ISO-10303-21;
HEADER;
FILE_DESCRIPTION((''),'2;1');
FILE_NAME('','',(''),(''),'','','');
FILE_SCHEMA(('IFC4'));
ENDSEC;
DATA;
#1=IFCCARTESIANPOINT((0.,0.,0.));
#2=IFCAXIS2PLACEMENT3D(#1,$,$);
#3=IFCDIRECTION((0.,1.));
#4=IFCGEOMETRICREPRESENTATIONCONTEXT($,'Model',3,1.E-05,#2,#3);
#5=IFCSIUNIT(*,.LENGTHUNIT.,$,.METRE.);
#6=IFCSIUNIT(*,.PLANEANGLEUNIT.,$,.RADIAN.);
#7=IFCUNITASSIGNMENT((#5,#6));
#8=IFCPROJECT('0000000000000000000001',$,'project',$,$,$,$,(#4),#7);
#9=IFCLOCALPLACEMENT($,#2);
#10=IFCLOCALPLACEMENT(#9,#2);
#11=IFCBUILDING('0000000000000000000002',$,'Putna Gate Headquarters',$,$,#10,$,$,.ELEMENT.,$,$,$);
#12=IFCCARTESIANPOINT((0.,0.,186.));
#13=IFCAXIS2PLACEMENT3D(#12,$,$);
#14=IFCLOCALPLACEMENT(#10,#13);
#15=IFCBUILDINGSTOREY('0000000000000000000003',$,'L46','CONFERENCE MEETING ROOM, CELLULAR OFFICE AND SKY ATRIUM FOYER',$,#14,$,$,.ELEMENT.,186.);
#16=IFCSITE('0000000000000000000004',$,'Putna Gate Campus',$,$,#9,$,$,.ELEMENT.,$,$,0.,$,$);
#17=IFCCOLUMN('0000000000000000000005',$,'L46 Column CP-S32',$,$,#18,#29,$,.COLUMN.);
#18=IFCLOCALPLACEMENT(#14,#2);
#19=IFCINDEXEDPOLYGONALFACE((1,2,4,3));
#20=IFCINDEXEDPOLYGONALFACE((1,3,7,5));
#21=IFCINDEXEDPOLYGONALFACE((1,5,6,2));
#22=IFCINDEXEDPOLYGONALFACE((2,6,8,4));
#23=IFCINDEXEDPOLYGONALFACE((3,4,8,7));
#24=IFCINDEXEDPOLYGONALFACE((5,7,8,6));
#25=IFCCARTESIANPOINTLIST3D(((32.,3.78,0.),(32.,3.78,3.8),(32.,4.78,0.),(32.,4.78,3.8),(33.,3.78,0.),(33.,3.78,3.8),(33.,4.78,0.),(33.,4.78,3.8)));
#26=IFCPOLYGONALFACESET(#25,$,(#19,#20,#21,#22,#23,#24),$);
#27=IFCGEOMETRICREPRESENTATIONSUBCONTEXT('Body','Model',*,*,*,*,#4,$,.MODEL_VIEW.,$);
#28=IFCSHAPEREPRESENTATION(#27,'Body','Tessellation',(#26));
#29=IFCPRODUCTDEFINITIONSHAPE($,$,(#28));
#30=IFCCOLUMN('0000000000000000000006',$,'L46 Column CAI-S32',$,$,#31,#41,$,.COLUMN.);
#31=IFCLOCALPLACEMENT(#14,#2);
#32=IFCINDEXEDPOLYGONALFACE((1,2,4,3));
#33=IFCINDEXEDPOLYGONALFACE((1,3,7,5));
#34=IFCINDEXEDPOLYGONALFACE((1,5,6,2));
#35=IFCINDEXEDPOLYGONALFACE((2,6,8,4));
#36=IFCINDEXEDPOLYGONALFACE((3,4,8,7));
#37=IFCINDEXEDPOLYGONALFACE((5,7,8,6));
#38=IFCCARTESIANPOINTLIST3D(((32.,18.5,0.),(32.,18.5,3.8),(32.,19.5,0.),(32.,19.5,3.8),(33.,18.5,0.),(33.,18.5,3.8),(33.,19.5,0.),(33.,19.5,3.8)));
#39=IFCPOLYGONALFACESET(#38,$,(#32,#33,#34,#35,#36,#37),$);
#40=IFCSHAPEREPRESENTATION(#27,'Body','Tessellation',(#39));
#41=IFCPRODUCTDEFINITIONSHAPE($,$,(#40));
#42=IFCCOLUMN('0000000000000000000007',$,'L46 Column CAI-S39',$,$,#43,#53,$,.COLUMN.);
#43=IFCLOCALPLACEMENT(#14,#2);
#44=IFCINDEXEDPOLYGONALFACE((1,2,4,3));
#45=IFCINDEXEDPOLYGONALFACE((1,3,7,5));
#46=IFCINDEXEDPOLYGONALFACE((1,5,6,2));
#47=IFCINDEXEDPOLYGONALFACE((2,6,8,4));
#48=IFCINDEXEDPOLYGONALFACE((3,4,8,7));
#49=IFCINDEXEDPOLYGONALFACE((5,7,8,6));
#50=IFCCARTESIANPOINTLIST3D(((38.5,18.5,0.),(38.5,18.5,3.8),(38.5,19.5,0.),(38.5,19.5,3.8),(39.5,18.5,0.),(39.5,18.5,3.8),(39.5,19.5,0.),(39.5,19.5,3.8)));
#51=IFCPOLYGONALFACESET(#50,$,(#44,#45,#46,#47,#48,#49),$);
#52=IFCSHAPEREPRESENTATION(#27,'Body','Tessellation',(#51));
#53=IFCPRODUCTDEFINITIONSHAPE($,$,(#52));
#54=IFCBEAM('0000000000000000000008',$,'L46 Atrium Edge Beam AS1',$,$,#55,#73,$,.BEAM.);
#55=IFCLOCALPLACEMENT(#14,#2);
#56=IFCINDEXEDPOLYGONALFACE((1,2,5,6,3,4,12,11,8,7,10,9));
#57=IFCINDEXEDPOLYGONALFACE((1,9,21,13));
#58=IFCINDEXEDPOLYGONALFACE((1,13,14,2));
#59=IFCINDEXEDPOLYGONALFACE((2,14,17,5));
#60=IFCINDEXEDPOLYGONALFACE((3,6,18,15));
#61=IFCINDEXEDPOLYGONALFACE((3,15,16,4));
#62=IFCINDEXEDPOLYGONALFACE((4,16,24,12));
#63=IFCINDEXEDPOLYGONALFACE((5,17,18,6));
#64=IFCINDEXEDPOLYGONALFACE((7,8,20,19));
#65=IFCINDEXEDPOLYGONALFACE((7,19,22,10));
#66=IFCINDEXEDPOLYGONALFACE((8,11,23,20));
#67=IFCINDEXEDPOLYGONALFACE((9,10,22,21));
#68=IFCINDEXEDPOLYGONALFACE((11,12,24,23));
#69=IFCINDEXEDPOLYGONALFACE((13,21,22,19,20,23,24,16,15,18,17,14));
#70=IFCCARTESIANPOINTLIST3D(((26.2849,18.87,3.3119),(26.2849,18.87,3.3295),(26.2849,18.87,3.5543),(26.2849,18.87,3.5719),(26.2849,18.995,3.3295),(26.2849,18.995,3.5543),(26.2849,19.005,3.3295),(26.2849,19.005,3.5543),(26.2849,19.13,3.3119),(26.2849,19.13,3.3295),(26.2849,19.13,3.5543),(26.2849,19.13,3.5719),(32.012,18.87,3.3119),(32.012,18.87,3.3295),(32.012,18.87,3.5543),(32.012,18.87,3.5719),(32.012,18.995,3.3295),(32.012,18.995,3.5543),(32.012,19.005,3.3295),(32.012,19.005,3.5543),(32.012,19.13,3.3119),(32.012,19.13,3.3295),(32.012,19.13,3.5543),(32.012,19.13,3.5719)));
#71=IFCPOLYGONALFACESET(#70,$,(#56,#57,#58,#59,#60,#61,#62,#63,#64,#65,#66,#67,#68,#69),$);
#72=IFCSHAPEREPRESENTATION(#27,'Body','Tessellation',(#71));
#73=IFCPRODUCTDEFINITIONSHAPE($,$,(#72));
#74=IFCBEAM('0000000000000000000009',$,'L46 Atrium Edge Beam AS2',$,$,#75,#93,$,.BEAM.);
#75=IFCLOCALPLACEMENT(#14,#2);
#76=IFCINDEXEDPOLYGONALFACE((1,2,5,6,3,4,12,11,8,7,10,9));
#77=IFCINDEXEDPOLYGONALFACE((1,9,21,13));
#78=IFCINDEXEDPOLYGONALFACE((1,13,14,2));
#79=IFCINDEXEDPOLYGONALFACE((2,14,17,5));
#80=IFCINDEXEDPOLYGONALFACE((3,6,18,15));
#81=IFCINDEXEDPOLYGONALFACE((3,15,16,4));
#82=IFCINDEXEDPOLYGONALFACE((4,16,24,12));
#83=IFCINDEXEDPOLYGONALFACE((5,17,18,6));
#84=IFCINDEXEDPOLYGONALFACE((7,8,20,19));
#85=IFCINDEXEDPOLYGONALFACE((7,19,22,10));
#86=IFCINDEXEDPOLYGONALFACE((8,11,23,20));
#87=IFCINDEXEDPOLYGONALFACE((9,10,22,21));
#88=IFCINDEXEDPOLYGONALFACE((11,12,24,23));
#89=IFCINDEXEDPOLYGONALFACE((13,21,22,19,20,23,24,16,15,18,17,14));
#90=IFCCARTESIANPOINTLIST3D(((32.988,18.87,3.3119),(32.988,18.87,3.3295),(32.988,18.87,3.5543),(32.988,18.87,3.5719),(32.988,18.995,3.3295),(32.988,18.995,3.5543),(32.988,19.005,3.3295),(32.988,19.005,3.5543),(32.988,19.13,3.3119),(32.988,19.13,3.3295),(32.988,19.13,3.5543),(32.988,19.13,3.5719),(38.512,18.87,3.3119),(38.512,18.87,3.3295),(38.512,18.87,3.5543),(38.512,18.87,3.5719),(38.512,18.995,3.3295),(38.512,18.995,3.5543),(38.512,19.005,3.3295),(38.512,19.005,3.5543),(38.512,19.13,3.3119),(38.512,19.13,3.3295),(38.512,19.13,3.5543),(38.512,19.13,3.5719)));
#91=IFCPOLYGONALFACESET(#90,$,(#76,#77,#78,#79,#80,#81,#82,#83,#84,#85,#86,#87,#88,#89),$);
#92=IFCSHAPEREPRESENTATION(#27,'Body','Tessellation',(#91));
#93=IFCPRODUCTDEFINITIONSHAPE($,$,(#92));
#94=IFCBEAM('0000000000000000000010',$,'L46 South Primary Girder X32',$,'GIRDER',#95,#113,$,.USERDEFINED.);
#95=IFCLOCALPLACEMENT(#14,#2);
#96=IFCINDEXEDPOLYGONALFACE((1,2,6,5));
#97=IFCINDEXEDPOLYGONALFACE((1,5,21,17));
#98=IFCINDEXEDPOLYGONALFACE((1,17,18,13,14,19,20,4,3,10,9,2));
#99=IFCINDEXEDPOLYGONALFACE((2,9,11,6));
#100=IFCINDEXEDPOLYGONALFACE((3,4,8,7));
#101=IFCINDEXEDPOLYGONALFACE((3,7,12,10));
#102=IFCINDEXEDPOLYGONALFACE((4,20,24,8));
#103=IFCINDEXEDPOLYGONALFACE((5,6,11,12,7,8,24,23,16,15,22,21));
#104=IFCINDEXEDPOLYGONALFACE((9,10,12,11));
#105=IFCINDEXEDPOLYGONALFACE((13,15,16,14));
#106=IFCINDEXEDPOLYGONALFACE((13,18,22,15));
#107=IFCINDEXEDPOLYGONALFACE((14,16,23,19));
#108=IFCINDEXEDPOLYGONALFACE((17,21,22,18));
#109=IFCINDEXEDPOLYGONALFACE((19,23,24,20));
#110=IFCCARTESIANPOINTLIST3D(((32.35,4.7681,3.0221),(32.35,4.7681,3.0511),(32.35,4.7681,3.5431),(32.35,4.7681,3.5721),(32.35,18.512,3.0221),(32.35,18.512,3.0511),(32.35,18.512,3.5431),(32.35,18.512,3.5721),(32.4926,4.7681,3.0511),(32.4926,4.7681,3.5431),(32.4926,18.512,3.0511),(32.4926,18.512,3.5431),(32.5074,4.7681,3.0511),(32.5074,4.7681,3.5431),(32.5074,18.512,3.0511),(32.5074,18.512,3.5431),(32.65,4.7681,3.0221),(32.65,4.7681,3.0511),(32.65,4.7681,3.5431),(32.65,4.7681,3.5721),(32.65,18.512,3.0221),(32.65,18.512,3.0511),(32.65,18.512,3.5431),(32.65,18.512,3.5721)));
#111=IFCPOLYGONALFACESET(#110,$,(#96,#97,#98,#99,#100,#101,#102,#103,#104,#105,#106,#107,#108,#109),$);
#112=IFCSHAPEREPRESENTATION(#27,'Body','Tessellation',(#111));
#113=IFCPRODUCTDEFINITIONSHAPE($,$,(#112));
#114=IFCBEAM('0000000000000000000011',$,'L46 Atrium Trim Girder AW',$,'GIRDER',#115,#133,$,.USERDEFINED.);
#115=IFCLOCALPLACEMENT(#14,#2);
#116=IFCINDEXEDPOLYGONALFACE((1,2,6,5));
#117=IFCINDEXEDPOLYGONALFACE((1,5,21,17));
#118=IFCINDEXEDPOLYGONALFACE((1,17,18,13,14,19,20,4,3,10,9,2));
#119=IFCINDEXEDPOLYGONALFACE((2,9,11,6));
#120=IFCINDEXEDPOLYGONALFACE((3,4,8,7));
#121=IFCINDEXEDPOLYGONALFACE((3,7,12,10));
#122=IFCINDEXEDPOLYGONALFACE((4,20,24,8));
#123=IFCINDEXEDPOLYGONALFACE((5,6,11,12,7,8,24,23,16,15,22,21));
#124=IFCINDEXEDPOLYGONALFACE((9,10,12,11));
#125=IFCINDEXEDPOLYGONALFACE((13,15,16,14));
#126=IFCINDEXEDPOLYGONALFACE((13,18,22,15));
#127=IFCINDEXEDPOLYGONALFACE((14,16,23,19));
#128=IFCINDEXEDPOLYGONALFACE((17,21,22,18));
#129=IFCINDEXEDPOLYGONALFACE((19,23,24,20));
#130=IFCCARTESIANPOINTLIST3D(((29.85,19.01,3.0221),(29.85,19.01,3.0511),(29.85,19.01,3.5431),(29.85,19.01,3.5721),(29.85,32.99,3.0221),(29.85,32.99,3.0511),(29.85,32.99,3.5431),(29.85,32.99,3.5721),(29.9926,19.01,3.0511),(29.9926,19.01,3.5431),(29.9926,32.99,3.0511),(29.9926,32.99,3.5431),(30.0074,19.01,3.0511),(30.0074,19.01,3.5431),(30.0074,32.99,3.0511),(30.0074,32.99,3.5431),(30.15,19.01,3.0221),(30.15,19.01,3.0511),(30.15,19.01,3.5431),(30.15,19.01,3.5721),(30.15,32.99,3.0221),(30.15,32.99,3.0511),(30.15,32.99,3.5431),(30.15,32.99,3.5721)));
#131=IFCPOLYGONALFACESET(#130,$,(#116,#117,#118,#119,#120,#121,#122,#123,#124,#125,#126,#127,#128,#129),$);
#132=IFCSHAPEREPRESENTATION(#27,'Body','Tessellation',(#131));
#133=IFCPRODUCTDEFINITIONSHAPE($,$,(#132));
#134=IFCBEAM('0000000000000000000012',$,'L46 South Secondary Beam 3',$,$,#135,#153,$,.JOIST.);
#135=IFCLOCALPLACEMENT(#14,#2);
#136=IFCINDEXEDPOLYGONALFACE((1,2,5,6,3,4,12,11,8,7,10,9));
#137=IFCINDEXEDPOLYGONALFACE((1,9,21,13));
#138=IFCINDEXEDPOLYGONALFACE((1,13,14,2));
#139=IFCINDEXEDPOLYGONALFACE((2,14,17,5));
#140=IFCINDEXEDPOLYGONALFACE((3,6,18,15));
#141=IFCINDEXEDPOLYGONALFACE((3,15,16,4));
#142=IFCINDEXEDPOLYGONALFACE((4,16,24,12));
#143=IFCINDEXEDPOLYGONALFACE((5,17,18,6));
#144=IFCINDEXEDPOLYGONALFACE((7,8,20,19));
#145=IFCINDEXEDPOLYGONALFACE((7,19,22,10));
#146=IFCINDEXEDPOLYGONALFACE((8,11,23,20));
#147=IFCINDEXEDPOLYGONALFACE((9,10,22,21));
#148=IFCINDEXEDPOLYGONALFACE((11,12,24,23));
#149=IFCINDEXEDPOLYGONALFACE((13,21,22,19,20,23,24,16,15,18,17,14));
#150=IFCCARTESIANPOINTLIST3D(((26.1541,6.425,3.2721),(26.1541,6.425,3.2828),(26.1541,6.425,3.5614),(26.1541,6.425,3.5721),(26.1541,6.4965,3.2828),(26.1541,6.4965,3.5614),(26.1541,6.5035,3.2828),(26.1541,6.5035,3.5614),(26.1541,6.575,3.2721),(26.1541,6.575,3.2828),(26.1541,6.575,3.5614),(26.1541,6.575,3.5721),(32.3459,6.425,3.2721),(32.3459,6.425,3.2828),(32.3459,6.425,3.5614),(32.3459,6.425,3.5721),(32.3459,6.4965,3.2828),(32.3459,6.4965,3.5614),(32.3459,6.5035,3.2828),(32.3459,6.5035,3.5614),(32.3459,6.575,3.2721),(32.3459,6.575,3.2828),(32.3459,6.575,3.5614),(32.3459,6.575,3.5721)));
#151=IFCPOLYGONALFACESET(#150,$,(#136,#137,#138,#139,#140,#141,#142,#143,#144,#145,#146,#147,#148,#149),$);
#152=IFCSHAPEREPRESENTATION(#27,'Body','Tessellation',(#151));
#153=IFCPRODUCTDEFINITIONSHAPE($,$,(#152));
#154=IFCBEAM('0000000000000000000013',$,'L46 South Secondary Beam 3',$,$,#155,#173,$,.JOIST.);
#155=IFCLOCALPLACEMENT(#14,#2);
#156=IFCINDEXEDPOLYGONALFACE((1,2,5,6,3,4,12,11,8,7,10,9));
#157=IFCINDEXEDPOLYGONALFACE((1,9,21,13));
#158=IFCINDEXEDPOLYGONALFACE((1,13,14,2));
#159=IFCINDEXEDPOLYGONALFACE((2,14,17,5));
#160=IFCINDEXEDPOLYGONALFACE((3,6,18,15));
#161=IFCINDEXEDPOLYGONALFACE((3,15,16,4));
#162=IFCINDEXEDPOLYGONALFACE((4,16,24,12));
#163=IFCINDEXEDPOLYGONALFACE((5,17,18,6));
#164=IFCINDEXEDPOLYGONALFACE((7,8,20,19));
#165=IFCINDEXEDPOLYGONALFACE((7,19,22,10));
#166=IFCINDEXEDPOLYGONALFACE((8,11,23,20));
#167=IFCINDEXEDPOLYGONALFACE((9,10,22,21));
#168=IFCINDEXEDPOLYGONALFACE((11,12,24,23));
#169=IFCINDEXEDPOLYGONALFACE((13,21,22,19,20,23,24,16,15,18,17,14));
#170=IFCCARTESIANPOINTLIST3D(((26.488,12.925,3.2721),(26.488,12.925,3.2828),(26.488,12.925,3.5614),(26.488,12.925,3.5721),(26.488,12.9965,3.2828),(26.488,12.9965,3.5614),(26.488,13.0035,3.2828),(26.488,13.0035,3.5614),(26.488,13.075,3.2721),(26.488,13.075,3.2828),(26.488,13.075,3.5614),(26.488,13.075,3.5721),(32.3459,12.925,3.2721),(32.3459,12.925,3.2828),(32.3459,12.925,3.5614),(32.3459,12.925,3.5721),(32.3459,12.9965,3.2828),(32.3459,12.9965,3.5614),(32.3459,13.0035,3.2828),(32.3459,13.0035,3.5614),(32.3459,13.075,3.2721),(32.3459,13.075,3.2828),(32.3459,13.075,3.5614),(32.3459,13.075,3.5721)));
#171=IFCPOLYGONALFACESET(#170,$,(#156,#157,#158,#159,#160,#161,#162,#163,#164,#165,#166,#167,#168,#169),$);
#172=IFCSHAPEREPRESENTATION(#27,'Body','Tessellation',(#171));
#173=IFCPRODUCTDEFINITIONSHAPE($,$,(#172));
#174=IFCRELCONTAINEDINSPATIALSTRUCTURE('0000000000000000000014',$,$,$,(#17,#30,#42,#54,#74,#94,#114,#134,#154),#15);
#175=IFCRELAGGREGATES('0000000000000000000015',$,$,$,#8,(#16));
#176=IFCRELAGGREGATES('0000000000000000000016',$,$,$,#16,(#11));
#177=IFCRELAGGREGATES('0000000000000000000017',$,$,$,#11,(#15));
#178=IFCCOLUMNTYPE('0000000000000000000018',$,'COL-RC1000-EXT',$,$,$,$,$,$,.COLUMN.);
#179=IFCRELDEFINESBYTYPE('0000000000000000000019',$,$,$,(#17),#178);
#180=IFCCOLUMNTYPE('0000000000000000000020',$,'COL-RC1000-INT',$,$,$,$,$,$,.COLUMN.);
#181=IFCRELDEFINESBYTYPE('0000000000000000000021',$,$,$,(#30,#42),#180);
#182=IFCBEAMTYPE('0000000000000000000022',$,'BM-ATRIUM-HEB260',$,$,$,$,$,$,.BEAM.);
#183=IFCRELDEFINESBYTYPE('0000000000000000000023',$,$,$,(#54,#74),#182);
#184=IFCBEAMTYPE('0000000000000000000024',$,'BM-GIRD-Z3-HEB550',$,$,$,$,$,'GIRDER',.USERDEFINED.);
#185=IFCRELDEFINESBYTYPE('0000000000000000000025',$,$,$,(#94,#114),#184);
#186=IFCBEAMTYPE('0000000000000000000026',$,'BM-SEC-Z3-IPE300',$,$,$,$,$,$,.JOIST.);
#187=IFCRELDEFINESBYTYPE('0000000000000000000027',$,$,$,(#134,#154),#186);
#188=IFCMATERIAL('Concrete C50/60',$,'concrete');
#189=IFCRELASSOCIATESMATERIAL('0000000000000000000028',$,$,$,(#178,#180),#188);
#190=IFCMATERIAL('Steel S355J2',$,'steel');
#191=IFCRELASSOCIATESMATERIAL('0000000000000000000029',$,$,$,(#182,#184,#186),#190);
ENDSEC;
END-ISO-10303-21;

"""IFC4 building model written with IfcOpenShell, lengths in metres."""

from ifc_helpers import new_model, si_unit, direction, frame, origin, origin_2d, place, context, subcontext, project, spatial, rectangle, i_section, extrude, material, material_profile, profile_set, type_object, element, save


model = new_model("IFC4")

# Units and contexts
model_context = context("Model", 3, precision=1e-05, world=origin(), true_north=direction((0.0, 1.0)))
body_context = subcontext(model_context, "Body", "Model", "MODEL_VIEW")
ifc_project = project(units=[si_unit("LENGTHUNIT", "METRE"), si_unit("PLANEANGLEUNIT", "RADIAN")], contexts=[model_context])

# Site, building, storey
site_placement = place(None, origin())
site = spatial("IfcSite", under=ifc_project, at=site_placement, Name="Putna Gate Campus", CompositionType="ELEMENT", RefElevation=0.0)
building_placement = place(site_placement, origin())
building = spatial("IfcBuilding", under=site, at=building_placement, Name="Putna Gate Headquarters", CompositionType="ELEMENT")
storey_placement = place(building_placement, frame((0.0, 0.0, 186.0)))
storey = spatial("IfcBuildingStorey", under=building, at=storey_placement, Name="L46", Description="CONFERENCE MEETING ROOM, CELLULAR OFFICE AND SKY ATRIUM FOYER", CompositionType="ELEMENT", Elevation=186.0)

# Columns
ifc_material_1 = material(Name="Concrete C50/60", Category="concrete")
ifc_material_profile_1 = material_profile(ifc_material_1, rectangle(XDim=1.0, YDim=1.0, at=origin_2d()), Name="Concrete C50/60")
ifc_profile_set_1 = profile_set([ifc_material_profile_1], Name="Concrete C50/60")
column_type_1 = type_object("IfcColumnType", Name="COL-RC1000-EXT", PredefinedType="COLUMN", material=ifc_profile_set_1)
column_placement = place(storey_placement, frame((32.5, 4.28, 0.0), z_axis=(0.0, 0.0, 1.0), x_axis=(1.0, 0.0, 0.0)))
element("IfcColumn", 1, at=column_placement, inside=storey, type_object=column_type_1, Name="L46 Column CP-S32", PredefinedType="COLUMN", context=body_context, shape_type="SweptSolid", body=[
    extrude(rectangle(XDim=1.0, YDim=1.0, at=origin_2d()), origin(), (0.0, 0.0, 1.0), 3.8),
])
ifc_material_profile_2 = material_profile(ifc_material_1, rectangle(XDim=1.0, YDim=1.0, at=origin_2d()), Name="Concrete C50/60")
ifc_profile_set_2 = profile_set([ifc_material_profile_2], Name="Concrete C50/60")
column_type_2 = type_object("IfcColumnType", Name="COL-RC1000-INT", PredefinedType="COLUMN", material=ifc_profile_set_2)
for number, where, z_axis, x_axis, name in (
    (2, (32.5, 19.0, 0.0), (0.0, 0.0, 1.0), (1.0, 0.0, 0.0), "L46 Column CAI-S32"),
    (3, (39.0, 19.0, 0.0), (0.0, 0.0, 1.0), (1.0, 0.0, 0.0), "L46 Column CAI-S39"),
):
    element("IfcColumn", number, at=place(storey_placement, frame(where, z_axis=z_axis, x_axis=x_axis)), inside=storey, type_object=column_type_2, Name=name, PredefinedType="COLUMN", context=body_context, shape_type="SweptSolid", body=[
        extrude(rectangle(XDim=1.0, YDim=1.0, at=origin_2d()), origin(), (0.0, 0.0, 1.0), 3.8),
    ])

# Beams
ifc_material_2 = material(Name="Steel S355J2", Category="steel")
ifc_material_profile_3 = material_profile(ifc_material_2, i_section(OverallWidth=0.26, OverallDepth=0.26, WebThickness=0.01, FlangeThickness=0.0176, at=origin_2d()), Name="Steel S355J2")
ifc_profile_set_3 = profile_set([ifc_material_profile_3], Name="Steel S355J2")
beam_type_1 = type_object("IfcBeamType", Name="BM-ATRIUM-HEB260", PredefinedType="BEAM", material=ifc_profile_set_3)
beam_1_placement = place(storey_placement, frame((26.2849, 19.0, 3.4419), z_axis=(1.0, 0.0, 0.0), x_axis=(0.0, 1.0, 0.0)))
element("IfcBeam", 4, at=beam_1_placement, inside=storey, type_object=beam_type_1, Name="L46 Atrium Edge Beam AS1", PredefinedType="BEAM", context=body_context, shape_type="SweptSolid", body=[
    extrude(i_section(OverallWidth=0.26, OverallDepth=0.26, WebThickness=0.01, FlangeThickness=0.0176, at=origin_2d()), origin(), (0.0, 0.0, 1.0), 5.7271),
])
beam_2_placement = place(storey_placement, frame((32.988, 19.0, 3.4419), z_axis=(1.0, 0.0, 0.0), x_axis=(0.0, 1.0, 0.0)))
element("IfcBeam", 5, at=beam_2_placement, inside=storey, type_object=beam_type_1, Name="L46 Atrium Edge Beam AS2", PredefinedType="BEAM", context=body_context, shape_type="SweptSolid", body=[
    extrude(i_section(OverallWidth=0.26, OverallDepth=0.26, WebThickness=0.01, FlangeThickness=0.0176, at=origin_2d()), origin(), (0.0, 0.0, 1.0), 5.5239),
])
ifc_material_profile_4 = material_profile(ifc_material_2, i_section(OverallWidth=0.3, OverallDepth=0.55, WebThickness=0.0149, FlangeThickness=0.0291, at=origin_2d()), Name="Steel S355J2")
ifc_profile_set_4 = profile_set([ifc_material_profile_4], Name="Steel S355J2")
beam_type_2 = type_object("IfcBeamType", Name="BM-GIRD-Z3-HEB550", ElementType="GIRDER", PredefinedType="USERDEFINED", material=ifc_profile_set_4)
beam_3_placement = place(storey_placement, frame((32.5, 4.7681, 3.2971), z_axis=(0.0, 1.0, 0.0), x_axis=(-1.0, 0.0, 0.0)))
element("IfcBeam", 6, at=beam_3_placement, inside=storey, type_object=beam_type_2, Name="L46 South Primary Girder X32", ObjectType="GIRDER", PredefinedType="USERDEFINED", context=body_context, shape_type="SweptSolid", body=[
    extrude(i_section(OverallWidth=0.3, OverallDepth=0.55, WebThickness=0.0149, FlangeThickness=0.0291, at=origin_2d()), origin(), (0.0, 0.0, 1.0), 13.7439),
])
beam_4_placement = place(storey_placement, frame((30.0, 19.01, 3.2971), z_axis=(0.0, 1.0, 0.0), x_axis=(-1.0, 0.0, 0.0)))
element("IfcBeam", 7, at=beam_4_placement, inside=storey, type_object=beam_type_2, Name="L46 Atrium Trim Girder AW", ObjectType="GIRDER", PredefinedType="USERDEFINED", context=body_context, shape_type="SweptSolid", body=[
    extrude(i_section(OverallWidth=0.3, OverallDepth=0.55, WebThickness=0.0149, FlangeThickness=0.0291, at=origin_2d()), origin(), (0.0, 0.0, 1.0), 13.98),
])
ifc_material_profile_5 = material_profile(ifc_material_2, i_section(OverallWidth=0.1499, OverallDepth=0.3, WebThickness=0.0071, FlangeThickness=0.0107, at=origin_2d()), Name="Steel S355J2")
ifc_profile_set_5 = profile_set([ifc_material_profile_5], Name="Steel S355J2")
beam_type_3 = type_object("IfcBeamType", Name="BM-SEC-Z3-IPE300", PredefinedType="JOIST", material=ifc_profile_set_5)
beam_5_placement = place(storey_placement, frame((26.1541, 6.5, 3.4221), z_axis=(1.0, 0.0, 0.0), x_axis=(0.0, 1.0, 0.0)))
element("IfcBeam", 8, at=beam_5_placement, inside=storey, type_object=beam_type_3, Name="L46 South Secondary Beam 3", PredefinedType="JOIST", context=body_context, shape_type="SweptSolid", body=[
    extrude(i_section(OverallWidth=0.1499, OverallDepth=0.3, WebThickness=0.0071, FlangeThickness=0.0107, at=origin_2d()), origin(), (0.0, 0.0, 1.0), 6.1919),
])
beam_6_placement = place(storey_placement, frame((26.488, 13.0, 3.4221), z_axis=(1.0, 0.0, 0.0), x_axis=(0.0, 1.0, 0.0)))
element("IfcBeam", 9, at=beam_6_placement, inside=storey, type_object=beam_type_3, Name="L46 South Secondary Beam 3", PredefinedType="JOIST", context=body_context, shape_type="SweptSolid", body=[
    extrude(i_section(OverallWidth=0.1499, OverallDepth=0.3, WebThickness=0.0071, FlangeThickness=0.0107, at=origin_2d()), origin(), (0.0, 0.0, 1.0), 5.8579),
])

save(model, "model.ifc")
